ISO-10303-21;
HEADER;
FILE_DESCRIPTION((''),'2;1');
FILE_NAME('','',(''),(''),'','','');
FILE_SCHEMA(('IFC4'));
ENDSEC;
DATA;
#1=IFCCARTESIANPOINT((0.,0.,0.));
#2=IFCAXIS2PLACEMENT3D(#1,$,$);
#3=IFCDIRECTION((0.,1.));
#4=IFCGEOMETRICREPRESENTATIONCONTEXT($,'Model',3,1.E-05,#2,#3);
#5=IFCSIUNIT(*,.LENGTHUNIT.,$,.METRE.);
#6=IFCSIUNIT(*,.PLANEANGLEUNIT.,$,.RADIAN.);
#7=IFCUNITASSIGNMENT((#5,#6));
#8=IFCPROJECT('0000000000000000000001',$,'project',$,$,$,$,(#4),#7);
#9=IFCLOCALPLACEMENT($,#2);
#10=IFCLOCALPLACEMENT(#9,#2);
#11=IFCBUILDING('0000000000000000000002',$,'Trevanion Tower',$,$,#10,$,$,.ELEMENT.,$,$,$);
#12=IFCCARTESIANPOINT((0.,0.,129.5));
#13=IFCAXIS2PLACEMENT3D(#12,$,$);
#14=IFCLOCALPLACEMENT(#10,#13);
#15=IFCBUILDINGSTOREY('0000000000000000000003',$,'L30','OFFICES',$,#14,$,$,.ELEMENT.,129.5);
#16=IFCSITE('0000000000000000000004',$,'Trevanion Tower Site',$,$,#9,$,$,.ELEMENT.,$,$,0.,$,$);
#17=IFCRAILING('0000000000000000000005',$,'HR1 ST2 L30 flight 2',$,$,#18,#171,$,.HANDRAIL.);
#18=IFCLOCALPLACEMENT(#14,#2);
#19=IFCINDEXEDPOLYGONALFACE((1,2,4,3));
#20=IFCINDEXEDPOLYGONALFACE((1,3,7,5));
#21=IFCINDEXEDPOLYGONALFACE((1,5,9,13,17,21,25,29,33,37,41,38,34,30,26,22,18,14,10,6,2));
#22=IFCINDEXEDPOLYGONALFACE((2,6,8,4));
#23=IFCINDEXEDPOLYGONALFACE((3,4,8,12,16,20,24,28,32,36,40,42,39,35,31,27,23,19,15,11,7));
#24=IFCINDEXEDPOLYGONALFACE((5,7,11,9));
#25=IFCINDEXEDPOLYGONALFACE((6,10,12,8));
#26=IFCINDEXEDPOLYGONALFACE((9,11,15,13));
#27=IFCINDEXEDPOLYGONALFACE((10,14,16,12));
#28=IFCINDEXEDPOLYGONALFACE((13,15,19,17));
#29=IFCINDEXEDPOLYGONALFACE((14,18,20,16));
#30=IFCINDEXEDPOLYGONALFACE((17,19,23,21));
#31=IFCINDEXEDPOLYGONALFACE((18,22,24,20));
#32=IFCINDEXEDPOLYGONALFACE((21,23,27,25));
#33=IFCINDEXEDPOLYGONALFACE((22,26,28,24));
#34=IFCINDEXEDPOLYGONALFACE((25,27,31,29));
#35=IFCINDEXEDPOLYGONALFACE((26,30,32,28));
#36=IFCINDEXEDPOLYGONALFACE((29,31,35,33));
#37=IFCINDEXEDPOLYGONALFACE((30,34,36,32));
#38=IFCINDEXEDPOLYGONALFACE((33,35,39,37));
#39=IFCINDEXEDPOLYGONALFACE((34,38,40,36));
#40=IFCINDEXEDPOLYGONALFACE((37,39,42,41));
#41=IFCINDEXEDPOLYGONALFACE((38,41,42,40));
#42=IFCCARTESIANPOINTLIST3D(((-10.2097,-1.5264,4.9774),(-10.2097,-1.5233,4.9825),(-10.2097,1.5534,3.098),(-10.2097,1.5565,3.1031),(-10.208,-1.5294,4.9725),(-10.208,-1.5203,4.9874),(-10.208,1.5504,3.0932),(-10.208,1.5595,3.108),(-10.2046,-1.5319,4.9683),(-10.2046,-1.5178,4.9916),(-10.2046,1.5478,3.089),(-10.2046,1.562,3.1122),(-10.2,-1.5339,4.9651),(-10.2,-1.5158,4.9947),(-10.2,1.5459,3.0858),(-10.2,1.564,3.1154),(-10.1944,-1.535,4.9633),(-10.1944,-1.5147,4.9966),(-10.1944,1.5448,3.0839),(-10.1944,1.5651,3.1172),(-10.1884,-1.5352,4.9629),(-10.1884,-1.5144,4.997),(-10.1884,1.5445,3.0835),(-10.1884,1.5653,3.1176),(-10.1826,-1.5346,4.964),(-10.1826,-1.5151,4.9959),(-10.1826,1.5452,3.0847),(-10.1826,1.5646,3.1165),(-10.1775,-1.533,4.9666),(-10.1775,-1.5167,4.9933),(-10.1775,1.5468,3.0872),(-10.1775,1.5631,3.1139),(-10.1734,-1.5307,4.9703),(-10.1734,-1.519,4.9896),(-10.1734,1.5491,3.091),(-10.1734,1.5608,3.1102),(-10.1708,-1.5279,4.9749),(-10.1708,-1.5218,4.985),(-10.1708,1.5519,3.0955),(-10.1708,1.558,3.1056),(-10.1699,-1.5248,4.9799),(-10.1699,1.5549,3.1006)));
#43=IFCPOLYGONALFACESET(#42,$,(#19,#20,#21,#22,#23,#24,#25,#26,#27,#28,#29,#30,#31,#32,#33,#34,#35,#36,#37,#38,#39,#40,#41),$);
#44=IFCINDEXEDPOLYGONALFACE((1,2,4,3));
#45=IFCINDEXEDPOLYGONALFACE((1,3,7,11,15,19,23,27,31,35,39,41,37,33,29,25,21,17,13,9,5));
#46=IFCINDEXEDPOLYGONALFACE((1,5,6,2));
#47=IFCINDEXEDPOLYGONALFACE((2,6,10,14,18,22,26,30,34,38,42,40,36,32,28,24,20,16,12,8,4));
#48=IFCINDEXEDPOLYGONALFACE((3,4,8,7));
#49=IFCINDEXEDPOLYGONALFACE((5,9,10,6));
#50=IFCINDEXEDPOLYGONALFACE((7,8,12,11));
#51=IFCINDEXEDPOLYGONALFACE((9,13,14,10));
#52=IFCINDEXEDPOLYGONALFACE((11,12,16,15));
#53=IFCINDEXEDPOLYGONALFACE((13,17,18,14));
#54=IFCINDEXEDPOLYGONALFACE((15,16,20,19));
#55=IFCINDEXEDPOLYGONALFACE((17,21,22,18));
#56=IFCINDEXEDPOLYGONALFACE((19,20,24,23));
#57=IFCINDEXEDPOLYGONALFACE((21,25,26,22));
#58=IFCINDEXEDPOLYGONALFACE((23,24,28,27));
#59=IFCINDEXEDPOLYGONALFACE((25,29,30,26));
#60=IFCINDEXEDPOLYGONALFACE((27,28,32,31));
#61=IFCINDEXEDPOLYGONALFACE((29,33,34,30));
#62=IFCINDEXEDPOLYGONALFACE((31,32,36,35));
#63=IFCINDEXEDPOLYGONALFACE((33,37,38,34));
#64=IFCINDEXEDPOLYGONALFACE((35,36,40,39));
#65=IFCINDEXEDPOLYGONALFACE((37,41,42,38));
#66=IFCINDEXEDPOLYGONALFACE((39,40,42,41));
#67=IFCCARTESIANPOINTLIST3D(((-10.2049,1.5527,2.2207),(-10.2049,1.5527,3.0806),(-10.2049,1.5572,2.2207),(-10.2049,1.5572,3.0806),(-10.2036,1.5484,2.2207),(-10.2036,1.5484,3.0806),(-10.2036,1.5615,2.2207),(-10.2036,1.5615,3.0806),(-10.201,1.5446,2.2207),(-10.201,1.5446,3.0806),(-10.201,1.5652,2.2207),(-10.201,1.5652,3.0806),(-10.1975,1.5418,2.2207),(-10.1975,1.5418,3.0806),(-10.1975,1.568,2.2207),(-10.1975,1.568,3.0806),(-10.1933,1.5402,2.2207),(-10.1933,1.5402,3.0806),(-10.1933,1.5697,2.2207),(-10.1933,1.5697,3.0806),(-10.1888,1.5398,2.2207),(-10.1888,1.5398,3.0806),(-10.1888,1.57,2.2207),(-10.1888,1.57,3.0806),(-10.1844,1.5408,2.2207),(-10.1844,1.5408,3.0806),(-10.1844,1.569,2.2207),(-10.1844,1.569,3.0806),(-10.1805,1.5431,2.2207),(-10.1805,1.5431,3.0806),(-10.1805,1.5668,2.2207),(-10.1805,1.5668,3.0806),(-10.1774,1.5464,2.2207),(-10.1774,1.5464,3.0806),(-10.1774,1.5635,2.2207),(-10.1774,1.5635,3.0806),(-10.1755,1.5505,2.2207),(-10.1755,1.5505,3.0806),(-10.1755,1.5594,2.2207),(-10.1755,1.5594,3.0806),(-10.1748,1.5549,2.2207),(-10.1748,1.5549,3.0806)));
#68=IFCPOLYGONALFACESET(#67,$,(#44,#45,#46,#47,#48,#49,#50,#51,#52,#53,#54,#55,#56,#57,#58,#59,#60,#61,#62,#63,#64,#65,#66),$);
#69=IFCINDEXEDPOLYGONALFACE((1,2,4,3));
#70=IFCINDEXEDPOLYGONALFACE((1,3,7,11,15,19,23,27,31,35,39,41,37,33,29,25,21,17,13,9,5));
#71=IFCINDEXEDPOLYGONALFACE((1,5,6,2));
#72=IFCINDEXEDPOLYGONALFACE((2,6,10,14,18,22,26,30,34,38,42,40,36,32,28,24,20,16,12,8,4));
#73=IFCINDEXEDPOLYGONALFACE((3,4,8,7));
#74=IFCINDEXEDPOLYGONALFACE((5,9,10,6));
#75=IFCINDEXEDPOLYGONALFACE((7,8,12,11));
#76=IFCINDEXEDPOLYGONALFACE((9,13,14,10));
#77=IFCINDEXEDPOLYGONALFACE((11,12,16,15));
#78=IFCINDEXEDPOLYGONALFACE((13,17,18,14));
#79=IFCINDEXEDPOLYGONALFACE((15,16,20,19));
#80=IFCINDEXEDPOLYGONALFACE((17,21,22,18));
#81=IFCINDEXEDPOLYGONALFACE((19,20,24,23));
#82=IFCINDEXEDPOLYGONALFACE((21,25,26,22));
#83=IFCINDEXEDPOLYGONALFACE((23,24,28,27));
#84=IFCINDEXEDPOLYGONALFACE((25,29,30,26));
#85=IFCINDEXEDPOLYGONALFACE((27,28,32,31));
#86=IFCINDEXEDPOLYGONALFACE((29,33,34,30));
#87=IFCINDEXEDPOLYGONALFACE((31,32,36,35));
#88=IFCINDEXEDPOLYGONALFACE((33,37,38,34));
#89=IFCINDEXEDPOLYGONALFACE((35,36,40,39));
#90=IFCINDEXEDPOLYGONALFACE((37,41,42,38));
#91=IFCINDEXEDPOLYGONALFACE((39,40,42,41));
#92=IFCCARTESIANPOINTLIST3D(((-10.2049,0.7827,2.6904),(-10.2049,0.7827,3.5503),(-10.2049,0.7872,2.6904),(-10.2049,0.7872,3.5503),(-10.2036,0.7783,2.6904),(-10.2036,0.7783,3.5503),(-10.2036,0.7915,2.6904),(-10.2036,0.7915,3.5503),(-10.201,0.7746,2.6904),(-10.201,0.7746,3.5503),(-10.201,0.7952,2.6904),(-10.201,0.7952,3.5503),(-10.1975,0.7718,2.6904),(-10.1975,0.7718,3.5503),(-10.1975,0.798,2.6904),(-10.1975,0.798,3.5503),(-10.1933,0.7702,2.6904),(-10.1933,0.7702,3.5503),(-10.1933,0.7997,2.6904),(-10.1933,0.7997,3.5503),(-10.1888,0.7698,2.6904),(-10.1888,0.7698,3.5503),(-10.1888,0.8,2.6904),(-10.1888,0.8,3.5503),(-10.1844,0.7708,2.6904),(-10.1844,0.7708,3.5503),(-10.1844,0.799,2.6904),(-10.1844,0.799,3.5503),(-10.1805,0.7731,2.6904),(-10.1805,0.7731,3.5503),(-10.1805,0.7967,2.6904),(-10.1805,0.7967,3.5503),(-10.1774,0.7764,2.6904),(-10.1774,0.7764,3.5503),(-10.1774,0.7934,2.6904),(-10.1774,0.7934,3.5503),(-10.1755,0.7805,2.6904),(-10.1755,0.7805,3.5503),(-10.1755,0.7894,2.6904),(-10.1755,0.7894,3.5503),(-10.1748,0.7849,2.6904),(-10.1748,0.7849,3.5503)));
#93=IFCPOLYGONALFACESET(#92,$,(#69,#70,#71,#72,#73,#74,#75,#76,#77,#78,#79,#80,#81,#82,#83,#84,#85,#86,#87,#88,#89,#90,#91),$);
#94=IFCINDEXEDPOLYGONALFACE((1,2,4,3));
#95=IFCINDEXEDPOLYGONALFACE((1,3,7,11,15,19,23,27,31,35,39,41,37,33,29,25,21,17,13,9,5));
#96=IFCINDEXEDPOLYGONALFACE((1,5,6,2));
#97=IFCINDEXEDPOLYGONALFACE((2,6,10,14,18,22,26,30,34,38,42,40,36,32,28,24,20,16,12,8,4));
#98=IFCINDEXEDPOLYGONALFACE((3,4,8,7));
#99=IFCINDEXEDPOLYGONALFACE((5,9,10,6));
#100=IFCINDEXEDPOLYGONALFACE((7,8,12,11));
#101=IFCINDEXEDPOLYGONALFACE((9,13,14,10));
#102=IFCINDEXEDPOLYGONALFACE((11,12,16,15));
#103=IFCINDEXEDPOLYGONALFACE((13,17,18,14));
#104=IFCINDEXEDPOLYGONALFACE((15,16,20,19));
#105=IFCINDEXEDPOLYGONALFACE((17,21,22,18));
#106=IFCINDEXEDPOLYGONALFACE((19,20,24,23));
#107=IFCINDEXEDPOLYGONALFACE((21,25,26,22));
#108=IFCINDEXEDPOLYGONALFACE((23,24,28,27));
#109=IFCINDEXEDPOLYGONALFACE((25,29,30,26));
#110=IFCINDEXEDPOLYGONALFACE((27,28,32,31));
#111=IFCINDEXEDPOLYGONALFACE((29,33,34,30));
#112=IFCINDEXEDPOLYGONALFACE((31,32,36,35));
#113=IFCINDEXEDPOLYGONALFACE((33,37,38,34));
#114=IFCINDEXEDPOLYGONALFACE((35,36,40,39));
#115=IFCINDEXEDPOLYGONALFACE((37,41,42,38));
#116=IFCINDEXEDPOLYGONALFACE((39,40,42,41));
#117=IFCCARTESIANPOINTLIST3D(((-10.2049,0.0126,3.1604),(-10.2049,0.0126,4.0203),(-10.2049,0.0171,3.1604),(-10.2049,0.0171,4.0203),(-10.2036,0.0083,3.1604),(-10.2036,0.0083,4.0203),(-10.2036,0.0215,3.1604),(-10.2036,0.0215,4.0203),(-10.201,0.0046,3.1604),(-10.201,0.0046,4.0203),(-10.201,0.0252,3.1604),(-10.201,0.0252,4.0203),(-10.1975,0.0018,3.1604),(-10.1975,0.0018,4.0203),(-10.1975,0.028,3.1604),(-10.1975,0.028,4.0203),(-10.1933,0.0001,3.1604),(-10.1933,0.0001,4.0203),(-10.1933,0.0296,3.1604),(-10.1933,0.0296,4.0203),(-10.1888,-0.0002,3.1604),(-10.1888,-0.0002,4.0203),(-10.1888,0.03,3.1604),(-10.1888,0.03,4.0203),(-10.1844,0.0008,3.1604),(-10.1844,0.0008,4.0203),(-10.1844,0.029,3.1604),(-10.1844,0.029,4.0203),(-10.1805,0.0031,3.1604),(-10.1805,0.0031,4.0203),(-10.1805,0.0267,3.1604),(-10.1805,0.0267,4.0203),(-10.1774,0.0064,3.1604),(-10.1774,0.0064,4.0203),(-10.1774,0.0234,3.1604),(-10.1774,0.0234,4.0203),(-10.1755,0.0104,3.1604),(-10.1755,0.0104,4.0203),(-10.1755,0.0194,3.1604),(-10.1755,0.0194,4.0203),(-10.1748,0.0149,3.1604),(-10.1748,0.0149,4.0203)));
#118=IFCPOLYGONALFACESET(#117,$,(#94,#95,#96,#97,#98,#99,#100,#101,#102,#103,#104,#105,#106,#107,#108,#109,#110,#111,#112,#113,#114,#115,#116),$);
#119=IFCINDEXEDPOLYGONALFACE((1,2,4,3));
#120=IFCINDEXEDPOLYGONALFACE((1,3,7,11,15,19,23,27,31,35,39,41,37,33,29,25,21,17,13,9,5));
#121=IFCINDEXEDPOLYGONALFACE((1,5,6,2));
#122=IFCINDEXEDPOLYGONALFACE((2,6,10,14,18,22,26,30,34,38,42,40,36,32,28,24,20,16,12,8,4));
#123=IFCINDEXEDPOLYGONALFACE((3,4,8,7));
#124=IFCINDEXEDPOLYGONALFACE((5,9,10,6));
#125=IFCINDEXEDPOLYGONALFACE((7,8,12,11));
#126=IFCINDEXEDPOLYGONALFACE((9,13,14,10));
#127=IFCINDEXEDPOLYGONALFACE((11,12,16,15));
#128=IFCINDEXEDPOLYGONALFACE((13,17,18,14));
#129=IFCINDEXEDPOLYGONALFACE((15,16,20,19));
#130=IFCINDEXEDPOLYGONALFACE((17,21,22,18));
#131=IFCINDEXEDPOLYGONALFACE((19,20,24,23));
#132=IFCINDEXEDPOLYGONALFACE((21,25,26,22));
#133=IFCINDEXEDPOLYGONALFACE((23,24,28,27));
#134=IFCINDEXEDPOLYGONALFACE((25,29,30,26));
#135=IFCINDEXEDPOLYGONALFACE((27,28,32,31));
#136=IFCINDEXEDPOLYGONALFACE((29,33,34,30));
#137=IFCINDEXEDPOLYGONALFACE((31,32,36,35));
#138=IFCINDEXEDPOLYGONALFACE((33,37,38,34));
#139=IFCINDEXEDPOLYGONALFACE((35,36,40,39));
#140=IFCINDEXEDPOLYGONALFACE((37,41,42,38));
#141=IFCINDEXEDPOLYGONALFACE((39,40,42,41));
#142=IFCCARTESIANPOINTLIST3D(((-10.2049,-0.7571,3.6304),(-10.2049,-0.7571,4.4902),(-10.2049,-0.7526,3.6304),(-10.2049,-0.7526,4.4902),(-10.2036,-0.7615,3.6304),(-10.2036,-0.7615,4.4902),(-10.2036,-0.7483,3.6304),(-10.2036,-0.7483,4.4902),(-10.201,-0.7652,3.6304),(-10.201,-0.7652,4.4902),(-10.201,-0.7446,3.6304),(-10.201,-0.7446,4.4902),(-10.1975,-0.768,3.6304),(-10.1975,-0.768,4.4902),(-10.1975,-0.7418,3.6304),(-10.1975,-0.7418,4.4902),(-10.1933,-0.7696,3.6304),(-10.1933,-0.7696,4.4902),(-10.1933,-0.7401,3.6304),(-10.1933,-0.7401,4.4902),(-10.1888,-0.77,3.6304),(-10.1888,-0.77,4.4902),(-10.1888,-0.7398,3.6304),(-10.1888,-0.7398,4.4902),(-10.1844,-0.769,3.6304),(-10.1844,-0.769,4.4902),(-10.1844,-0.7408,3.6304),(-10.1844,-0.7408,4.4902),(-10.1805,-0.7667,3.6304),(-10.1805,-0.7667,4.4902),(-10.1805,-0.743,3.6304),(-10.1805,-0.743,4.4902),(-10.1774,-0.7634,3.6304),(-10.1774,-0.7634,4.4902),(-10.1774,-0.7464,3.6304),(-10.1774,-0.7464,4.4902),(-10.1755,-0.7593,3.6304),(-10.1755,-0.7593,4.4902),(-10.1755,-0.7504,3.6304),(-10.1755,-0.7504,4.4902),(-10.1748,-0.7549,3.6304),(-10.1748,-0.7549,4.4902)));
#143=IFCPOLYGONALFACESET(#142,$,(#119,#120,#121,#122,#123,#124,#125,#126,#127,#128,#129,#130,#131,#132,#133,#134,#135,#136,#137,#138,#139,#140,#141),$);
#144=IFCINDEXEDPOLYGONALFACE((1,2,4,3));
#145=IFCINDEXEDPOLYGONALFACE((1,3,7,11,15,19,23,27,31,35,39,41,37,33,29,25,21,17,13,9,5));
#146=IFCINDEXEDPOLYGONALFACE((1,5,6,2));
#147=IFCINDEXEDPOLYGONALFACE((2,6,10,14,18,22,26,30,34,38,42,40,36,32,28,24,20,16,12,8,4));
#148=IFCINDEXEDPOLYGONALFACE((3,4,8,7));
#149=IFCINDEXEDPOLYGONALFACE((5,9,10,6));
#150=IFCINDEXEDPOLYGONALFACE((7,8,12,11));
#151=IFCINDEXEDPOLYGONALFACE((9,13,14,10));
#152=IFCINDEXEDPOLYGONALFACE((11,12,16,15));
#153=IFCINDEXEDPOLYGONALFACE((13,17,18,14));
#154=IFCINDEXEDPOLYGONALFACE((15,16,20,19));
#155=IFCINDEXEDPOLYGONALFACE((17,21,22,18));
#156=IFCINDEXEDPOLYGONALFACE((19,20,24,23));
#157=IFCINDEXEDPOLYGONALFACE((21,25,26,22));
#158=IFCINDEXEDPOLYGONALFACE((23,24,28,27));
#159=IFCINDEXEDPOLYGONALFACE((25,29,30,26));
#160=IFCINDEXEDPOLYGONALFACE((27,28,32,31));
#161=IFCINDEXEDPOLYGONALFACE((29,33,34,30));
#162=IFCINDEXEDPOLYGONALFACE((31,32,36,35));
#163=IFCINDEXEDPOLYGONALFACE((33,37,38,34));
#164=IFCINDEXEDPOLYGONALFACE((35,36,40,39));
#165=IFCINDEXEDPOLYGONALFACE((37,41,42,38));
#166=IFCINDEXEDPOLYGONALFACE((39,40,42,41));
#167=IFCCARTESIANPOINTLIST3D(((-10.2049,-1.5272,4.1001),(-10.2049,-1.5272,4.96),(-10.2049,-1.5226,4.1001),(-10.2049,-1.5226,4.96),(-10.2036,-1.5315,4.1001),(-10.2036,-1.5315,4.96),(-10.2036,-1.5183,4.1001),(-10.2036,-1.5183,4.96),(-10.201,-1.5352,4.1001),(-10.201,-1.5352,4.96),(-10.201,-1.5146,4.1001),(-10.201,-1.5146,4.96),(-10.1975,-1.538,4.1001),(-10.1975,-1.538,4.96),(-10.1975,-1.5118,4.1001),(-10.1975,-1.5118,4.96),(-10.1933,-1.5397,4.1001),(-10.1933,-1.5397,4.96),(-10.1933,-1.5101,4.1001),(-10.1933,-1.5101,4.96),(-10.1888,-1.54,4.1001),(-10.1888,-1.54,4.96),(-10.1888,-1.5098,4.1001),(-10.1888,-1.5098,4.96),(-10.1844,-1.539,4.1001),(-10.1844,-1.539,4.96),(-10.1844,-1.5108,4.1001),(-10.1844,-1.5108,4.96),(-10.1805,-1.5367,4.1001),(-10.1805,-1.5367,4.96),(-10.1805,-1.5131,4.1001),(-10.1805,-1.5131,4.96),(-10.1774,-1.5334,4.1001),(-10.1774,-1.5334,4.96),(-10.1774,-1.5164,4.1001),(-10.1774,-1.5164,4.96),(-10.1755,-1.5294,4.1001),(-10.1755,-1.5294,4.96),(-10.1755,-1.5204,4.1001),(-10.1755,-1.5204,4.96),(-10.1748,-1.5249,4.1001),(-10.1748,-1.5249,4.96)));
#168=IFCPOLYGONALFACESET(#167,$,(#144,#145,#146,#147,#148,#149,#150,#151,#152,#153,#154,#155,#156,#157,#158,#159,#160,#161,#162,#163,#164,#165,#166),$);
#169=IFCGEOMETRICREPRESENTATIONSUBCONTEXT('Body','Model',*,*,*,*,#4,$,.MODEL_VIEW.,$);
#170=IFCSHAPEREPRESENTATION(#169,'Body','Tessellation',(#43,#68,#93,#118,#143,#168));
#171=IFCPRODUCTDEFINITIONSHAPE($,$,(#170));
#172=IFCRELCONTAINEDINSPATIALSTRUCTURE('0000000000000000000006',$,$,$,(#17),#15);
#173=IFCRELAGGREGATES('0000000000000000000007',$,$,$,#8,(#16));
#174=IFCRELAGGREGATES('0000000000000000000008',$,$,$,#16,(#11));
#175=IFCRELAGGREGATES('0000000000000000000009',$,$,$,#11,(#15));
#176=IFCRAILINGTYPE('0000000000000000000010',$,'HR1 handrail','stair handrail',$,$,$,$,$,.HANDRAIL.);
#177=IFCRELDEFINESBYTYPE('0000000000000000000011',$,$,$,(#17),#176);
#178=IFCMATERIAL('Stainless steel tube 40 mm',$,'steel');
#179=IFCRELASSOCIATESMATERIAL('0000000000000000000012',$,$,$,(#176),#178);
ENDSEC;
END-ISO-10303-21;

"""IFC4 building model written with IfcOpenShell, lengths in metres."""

from ifc_helpers import new_model, si_unit, direction, frame, origin, origin_2d, place, context, subcontext, project, spatial, circle, extrude, material, type_object, element, save


model = new_model("IFC4")

# Units and contexts
model_context = context("Model", 3, precision=1e-05, world=origin(), true_north=direction((0.0, 1.0)))
body_context = subcontext(model_context, "Body", "Model", "MODEL_VIEW")
ifc_project = project(units=[si_unit("LENGTHUNIT", "METRE"), si_unit("PLANEANGLEUNIT", "RADIAN")], contexts=[model_context])

# Site, building, storey
site_placement = place(None, origin())
site = spatial("IfcSite", under=ifc_project, at=site_placement, Name="Trevanion Tower Site", CompositionType="ELEMENT", RefElevation=0.0)
building_placement = place(site_placement, origin())
building = spatial("IfcBuilding", under=site, at=building_placement, Name="Trevanion Tower", CompositionType="ELEMENT")
storey_placement = place(building_placement, frame((0.0, 0.0, 129.5)))
storey = spatial("IfcBuildingStorey", under=building, at=storey_placement, Name="L30", Description="OFFICES", CompositionType="ELEMENT", Elevation=129.5)

# Railing
ifc_material_1 = material(Name="Stainless steel tube 40 mm", Category="steel")
railing_type = type_object("IfcRailingType", Name="HR1 handrail", Description="stair handrail", PredefinedType="HANDRAIL", material=ifc_material_1)
for number, where, name in (
    (1, (-10.1899, 1.5549, 2.2207), "HR1 ST2 L30 flight 2"),
):
    element("IfcRailing", number, at=place(storey_placement, frame(where)), inside=storey, type_object=railing_type, Name=name, PredefinedType="HANDRAIL", context=body_context, shape_type="SweptSolid", body=[
        extrude(circle(Radius=0.02, at=origin_2d()), frame((0.0, 0.0, 0.8799), z_axis=(0.0, -0.853618, 0.5209), x_axis=(1.0, 0.0, 0.0)), (0.0, 0.0, 1.0), 3.6079),
        extrude(circle(Radius=0.0151, at=origin_2d()), origin(), (0.0, 0.0, 1.0), 0.8599),
        extrude(circle(Radius=0.0151, at=origin_2d()), frame((0.0, -0.77, 0.4697)), (0.0, 0.0, 1.0), 0.8599),
        extrude(circle(Radius=0.0151, at=origin_2d()), frame((0.0, -1.54, 0.9397)), (0.0, 0.0, 1.0), 0.8599),
        extrude(circle(Radius=0.0151, at=origin_2d()), frame((0.0, -2.3098, 1.4097)), (0.0, 0.0, 1.0), 0.8599),
        extrude(circle(Radius=0.0151, at=origin_2d()), frame((0.0, -3.0798, 1.8794)), (0.0, 0.0, 1.0), 0.8599),
    ])

save(model, "model.ifc")
